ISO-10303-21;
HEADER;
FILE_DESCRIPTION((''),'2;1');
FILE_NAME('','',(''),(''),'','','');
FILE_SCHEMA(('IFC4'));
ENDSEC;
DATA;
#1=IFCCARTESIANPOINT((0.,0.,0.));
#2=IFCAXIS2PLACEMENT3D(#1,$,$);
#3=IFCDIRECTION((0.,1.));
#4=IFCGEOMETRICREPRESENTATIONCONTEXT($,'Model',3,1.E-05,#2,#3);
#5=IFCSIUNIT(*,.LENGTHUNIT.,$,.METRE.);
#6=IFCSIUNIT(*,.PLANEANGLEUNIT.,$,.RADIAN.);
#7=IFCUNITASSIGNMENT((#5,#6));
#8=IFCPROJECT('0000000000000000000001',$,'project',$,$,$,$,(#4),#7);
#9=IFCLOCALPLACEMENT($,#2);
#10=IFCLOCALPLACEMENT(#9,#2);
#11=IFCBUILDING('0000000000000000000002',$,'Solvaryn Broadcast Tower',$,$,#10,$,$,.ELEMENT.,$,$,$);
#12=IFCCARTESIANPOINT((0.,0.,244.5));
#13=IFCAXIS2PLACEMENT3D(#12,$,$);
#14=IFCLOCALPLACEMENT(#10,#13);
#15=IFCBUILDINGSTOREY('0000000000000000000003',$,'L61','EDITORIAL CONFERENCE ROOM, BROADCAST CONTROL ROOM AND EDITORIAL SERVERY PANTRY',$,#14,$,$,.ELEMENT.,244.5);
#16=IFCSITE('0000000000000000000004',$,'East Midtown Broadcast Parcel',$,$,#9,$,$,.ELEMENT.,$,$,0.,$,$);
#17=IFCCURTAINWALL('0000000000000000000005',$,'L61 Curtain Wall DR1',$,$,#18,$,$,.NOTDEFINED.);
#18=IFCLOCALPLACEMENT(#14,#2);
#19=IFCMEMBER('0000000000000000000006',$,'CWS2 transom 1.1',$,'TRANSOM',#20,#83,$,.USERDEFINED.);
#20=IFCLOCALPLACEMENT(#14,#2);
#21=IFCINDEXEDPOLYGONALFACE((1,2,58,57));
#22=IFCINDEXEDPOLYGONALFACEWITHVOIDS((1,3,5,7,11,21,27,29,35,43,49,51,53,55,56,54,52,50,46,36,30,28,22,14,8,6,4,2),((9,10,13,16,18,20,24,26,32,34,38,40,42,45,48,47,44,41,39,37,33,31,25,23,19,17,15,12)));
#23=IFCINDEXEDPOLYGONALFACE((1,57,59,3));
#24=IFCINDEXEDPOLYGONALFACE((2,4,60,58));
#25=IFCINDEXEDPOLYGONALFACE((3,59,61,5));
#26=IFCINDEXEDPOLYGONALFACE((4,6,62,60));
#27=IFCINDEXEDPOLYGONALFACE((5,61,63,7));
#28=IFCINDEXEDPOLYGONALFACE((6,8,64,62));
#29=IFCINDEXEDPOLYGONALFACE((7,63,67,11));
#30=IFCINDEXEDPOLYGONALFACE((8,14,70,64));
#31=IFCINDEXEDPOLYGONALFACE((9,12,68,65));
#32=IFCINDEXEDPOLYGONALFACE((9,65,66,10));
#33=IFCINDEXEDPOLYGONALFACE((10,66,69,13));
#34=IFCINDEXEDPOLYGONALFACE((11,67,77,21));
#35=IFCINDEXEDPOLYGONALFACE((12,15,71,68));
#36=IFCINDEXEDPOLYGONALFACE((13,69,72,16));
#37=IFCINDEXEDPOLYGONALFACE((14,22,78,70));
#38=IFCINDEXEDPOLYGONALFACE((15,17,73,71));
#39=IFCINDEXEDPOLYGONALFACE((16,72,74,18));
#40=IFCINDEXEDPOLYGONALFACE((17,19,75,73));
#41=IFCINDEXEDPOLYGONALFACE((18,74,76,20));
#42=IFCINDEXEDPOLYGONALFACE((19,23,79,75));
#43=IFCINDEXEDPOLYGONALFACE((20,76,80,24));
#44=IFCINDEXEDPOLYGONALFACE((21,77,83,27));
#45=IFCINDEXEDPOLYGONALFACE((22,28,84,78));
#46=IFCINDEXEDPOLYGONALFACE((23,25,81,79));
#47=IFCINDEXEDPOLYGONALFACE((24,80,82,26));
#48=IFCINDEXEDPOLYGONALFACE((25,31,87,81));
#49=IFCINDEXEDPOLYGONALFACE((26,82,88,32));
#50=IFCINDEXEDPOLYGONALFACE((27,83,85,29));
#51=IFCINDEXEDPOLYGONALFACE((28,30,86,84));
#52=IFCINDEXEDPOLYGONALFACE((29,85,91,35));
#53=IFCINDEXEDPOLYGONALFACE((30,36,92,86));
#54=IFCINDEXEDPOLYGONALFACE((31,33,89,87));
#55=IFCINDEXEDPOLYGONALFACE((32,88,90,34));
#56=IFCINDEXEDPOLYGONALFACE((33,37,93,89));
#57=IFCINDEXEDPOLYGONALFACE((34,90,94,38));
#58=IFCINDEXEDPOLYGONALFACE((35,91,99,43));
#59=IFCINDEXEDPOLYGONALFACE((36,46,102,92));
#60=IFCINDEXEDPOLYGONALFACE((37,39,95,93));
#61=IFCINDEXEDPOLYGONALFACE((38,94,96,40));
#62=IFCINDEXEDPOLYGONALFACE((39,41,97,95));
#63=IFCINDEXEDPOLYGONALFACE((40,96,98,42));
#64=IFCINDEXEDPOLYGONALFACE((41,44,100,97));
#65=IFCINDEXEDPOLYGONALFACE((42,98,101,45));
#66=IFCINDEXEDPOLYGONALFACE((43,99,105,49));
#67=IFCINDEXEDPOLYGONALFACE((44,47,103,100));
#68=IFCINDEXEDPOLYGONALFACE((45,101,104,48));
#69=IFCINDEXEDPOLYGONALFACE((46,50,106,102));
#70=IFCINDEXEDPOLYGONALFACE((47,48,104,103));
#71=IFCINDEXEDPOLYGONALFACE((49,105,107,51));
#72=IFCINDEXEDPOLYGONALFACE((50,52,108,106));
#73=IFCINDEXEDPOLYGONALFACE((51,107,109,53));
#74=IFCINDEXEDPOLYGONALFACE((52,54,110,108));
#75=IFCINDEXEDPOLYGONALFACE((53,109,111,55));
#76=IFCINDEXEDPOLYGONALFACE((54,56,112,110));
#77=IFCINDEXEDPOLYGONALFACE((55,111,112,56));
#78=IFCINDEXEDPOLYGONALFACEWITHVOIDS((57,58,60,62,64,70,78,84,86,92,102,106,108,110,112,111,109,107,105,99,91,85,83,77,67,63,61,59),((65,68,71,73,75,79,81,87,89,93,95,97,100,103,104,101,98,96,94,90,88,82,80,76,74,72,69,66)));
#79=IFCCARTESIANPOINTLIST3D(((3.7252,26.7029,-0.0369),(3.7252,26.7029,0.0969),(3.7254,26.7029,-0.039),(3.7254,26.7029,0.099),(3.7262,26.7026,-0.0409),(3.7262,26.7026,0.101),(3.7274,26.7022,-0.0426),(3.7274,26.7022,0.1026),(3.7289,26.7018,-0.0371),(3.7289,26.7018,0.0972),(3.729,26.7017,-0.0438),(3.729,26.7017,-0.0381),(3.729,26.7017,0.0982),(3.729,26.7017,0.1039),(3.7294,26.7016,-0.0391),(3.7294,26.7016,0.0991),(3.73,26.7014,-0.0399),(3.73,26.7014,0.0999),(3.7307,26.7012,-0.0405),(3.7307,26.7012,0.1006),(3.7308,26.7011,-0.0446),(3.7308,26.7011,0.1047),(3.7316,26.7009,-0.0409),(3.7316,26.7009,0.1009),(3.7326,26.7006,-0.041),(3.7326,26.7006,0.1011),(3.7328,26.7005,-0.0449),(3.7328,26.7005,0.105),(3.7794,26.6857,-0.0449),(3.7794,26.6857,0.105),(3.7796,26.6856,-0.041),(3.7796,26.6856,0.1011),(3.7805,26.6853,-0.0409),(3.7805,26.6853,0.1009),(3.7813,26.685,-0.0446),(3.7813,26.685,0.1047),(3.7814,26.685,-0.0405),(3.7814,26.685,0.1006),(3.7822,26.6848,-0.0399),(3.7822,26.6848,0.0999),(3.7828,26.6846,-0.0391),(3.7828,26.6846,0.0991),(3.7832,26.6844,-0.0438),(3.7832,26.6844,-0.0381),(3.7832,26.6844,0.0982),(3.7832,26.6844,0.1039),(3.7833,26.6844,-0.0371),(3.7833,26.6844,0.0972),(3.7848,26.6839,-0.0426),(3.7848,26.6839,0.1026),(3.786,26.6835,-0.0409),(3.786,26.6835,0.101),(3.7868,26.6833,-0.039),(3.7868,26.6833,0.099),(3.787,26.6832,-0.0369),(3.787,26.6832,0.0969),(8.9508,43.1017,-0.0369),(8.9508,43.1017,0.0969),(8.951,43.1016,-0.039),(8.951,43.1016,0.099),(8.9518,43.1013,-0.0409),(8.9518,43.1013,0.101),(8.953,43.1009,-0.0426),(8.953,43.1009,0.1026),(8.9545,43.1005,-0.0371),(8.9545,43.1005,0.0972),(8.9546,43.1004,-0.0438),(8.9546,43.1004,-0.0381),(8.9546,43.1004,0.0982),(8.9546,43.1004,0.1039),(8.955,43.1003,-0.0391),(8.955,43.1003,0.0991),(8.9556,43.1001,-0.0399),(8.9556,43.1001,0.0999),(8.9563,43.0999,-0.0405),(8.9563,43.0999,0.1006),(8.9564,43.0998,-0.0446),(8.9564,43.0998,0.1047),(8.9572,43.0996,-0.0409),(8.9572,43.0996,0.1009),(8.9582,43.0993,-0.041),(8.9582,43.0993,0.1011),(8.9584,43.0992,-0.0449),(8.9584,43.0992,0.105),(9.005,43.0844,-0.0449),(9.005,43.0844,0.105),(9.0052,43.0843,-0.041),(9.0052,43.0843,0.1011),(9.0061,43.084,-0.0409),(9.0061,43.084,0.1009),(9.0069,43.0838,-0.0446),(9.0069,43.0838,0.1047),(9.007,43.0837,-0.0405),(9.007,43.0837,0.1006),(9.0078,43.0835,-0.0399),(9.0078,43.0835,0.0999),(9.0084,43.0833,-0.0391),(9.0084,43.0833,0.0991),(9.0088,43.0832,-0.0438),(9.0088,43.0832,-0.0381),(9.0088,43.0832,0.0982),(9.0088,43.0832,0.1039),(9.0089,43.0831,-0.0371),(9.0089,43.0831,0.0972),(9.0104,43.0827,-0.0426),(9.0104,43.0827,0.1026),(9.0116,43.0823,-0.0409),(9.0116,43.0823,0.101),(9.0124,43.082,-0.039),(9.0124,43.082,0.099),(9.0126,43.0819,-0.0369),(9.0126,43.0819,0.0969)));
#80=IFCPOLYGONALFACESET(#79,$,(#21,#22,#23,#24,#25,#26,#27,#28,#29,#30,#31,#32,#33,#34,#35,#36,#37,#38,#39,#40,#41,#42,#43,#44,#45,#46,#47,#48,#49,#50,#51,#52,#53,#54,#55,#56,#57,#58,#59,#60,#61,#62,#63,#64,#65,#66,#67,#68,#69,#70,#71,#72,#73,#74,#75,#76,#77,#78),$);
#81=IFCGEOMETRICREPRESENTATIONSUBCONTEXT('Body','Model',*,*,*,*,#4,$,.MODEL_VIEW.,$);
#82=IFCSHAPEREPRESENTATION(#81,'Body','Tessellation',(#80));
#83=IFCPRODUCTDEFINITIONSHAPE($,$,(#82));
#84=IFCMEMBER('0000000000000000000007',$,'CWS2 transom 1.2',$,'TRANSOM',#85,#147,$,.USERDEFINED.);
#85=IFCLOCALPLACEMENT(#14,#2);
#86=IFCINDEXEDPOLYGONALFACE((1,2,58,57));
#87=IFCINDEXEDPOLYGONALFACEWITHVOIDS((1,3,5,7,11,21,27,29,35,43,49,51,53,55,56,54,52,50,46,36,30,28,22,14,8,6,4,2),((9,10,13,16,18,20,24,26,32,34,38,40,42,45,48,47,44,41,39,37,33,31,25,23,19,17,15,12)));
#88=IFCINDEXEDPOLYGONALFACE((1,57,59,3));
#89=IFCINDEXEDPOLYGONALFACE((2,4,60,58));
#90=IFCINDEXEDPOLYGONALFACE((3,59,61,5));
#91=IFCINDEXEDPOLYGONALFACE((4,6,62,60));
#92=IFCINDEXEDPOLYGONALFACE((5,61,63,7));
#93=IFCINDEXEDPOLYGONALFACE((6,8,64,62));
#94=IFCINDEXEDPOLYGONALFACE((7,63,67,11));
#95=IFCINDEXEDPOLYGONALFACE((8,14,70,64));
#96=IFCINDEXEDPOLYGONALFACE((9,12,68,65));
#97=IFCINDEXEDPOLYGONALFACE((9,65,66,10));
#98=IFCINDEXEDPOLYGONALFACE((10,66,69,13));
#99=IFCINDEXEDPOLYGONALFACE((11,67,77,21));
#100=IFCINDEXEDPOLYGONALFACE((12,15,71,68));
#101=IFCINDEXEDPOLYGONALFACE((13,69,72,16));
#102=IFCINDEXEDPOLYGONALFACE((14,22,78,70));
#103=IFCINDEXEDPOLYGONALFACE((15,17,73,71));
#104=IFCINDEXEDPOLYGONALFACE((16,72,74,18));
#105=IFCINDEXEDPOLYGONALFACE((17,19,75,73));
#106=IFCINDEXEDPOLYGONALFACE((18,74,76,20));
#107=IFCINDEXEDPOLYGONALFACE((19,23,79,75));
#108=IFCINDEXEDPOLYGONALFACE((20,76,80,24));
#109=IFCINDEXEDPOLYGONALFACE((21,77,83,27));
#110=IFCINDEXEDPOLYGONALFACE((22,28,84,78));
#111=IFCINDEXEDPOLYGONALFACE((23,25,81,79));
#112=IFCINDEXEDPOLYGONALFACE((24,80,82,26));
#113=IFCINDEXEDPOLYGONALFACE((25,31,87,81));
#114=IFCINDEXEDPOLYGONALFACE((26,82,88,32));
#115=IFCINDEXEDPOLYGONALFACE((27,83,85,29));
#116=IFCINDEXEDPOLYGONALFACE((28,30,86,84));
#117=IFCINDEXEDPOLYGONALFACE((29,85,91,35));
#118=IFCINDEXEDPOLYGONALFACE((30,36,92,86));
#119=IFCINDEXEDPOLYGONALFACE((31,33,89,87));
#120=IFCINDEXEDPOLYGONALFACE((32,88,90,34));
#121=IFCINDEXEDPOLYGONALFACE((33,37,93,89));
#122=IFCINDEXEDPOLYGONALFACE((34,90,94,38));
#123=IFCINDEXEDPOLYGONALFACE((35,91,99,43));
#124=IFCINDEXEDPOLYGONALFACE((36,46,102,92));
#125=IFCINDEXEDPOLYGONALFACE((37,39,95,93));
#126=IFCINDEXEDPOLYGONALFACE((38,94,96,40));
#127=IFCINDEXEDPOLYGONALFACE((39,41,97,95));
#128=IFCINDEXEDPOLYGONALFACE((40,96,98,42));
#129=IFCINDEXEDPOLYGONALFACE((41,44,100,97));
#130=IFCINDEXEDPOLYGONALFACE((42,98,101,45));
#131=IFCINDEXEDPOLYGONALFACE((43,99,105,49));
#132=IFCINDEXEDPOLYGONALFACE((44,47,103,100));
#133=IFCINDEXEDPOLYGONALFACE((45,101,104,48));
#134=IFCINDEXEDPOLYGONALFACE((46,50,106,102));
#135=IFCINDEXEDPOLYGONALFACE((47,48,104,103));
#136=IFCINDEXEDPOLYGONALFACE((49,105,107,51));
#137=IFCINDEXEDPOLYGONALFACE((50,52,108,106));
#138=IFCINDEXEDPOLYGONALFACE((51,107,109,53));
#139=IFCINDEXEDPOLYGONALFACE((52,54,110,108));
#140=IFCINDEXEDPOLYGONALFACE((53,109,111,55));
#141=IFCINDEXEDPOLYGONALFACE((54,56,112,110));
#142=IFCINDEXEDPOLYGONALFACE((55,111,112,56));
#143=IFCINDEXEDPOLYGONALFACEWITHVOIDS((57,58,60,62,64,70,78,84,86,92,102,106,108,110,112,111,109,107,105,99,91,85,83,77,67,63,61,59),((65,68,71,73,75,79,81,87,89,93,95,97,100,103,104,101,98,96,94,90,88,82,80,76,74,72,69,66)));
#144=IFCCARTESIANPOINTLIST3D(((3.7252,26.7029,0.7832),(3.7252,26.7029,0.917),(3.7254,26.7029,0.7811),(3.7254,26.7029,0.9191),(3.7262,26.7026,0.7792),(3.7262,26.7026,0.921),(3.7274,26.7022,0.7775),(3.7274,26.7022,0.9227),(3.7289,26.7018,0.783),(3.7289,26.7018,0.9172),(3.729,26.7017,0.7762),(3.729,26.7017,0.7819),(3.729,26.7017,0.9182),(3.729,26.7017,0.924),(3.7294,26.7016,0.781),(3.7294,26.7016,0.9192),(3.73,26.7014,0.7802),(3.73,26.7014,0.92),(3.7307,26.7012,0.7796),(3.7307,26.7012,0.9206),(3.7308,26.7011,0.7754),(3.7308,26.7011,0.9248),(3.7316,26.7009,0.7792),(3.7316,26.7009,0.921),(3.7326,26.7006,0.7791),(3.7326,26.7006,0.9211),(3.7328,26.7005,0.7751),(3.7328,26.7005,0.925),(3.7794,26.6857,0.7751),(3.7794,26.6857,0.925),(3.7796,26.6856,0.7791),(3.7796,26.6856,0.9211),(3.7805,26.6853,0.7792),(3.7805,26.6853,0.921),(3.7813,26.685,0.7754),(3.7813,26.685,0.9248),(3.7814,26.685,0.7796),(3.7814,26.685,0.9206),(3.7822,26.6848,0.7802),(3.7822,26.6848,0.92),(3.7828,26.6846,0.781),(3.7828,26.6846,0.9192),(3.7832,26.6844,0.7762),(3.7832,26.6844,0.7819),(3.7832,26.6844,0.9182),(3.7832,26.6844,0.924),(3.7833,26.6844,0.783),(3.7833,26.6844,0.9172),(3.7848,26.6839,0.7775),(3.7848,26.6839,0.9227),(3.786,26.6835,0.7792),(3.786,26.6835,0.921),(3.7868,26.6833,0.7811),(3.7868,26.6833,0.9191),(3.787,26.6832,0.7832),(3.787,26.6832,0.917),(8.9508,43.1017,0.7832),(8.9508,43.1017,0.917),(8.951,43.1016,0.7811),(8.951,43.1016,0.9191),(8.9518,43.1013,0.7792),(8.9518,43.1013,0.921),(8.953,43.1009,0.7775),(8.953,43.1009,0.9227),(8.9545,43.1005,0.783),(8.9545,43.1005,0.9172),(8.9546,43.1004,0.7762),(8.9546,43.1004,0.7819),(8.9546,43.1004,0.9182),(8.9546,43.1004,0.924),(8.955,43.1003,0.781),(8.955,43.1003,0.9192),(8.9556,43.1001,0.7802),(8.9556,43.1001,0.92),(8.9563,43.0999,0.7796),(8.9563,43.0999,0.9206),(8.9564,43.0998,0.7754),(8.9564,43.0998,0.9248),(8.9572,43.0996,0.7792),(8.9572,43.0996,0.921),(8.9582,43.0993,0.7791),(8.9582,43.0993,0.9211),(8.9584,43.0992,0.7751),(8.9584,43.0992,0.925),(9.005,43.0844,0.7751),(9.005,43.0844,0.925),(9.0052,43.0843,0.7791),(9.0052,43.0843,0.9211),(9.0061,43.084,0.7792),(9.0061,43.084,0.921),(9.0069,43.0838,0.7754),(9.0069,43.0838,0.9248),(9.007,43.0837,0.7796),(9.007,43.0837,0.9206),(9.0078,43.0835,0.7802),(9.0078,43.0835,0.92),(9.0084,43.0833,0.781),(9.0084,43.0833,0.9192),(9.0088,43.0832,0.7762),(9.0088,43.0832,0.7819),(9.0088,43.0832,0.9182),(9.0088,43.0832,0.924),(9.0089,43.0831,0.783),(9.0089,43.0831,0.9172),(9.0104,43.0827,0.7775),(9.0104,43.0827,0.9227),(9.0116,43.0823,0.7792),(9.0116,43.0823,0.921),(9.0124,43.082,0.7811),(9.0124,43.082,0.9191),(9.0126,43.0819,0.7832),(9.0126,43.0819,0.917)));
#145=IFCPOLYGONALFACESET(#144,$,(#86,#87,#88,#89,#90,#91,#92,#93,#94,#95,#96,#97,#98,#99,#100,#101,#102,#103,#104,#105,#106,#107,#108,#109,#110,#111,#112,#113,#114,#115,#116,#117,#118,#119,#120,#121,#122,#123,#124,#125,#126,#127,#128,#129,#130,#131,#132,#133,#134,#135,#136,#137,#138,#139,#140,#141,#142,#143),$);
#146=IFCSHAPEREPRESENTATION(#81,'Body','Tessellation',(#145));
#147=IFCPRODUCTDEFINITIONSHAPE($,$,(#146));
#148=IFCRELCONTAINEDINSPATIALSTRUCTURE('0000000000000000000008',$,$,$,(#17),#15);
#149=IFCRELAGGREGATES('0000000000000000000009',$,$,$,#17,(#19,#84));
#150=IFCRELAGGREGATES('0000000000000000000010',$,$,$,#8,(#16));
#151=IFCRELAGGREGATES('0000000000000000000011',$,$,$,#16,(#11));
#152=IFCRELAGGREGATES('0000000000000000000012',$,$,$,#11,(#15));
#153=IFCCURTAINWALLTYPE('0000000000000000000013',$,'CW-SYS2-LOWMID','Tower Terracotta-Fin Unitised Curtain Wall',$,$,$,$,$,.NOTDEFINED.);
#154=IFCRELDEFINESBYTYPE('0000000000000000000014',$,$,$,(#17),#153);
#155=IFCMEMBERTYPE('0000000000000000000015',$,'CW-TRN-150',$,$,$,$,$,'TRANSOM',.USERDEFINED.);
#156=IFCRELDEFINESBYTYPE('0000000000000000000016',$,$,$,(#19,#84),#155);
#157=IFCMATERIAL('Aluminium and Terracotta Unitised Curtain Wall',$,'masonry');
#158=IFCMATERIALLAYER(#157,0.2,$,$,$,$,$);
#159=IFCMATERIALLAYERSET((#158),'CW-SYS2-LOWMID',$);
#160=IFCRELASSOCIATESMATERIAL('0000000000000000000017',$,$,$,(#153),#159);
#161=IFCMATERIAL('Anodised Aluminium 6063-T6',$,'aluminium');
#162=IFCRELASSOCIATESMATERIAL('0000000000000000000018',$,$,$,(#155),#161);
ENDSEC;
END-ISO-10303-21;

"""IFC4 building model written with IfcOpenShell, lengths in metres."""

from ifc_helpers import new_model, si_unit, direction, frame, origin, origin_2d, place, context, subcontext, project, spatial, hollow_rectangle, extrude, material, layer, layer_set, material_profile, profile_set, type_object, element, aggregate, save


model = new_model("IFC4")

# Units and contexts
model_context = context("Model", 3, precision=1e-05, world=origin(), true_north=direction((0.0, 1.0)))
body_context = subcontext(model_context, "Body", "Model", "MODEL_VIEW")
ifc_project = project(units=[si_unit("LENGTHUNIT", "METRE"), si_unit("PLANEANGLEUNIT", "RADIAN")], contexts=[model_context])

# Site, building, storey
site_placement = place(None, origin())
site = spatial("IfcSite", under=ifc_project, at=site_placement, Name="East Midtown Broadcast Parcel", CompositionType="ELEMENT", RefElevation=0.0)
building_placement = place(site_placement, origin())
building = spatial("IfcBuilding", under=site, at=building_placement, Name="Solvaryn Broadcast Tower", CompositionType="ELEMENT")
storey_placement = place(building_placement, frame((0.0, 0.0, 244.5)))
storey = spatial("IfcBuildingStorey", under=building, at=storey_placement, Name="L61", Description="EDITORIAL CONFERENCE ROOM, BROADCAST CONTROL ROOM AND EDITORIAL SERVERY PANTRY", CompositionType="ELEMENT", Elevation=244.5)

# Curtain wall
ifc_material_1 = material(Name="Aluminium and Terracotta Unitised Curtain Wall", Category="masonry")
ifc_layer_1 = layer(ifc_material_1, 0.2)
ifc_layer_set_1 = layer_set([ifc_layer_1], Name="CW-SYS2-LOWMID")
curtain_wall_type = type_object("IfcCurtainWallType", Name="CW-SYS2-LOWMID", Description="Tower Terracotta-Fin Unitised Curtain Wall", PredefinedType="NOTDEFINED", material=ifc_layer_set_1)
curtain_wall_1_placement = place(storey_placement, origin())
curtain_wall_1 = element("IfcCurtainWall", 1, at=curtain_wall_1_placement, inside=storey, type_object=curtain_wall_type, Name="L61 Curtain Wall DR1", PredefinedType="NOTDEFINED")

# Members
ifc_material_2 = material(Name="Anodised Aluminium 6063-T6", Category="aluminium")
ifc_material_profile_1 = material_profile(ifc_material_2, hollow_rectangle(XDim=0.0649, YDim=0.1499, WallThickness=0.0039, InnerFilletRadius=0.0039, OuterFilletRadius=0.0081, at=origin_2d()))
ifc_profile_set_1 = profile_set([ifc_material_profile_1], Name="Anodised Aluminium 6063-T6")
member_type_1 = type_object("IfcMemberType", Name="CW-TRN-150", ElementType="TRANSOM", PredefinedType="USERDEFINED", material=ifc_profile_set_1)
member_1_placement = place(storey_placement, frame((8.9817, 43.0918, 0.03), z_axis=(-0.303616, -0.952794, 0.0), x_axis=(0.952794, -0.303616, 0.0)))
member_1 = element("IfcMember", 2, at=member_1_placement, type_object=member_type_1, Name="CWS2 transom 1.1", ObjectType="TRANSOM", PredefinedType="USERDEFINED", context=body_context, shape_type="SweptSolid", body=[
    extrude(hollow_rectangle(XDim=0.0649, YDim=0.1499, WallThickness=0.0039, InnerFilletRadius=0.0039, OuterFilletRadius=0.0081, at=origin_2d()), origin(), (0.0, 0.0, 1.0), 17.2112),
])
member_2_placement = place(storey_placement, frame((8.9817, 43.0918, 0.8501), z_axis=(-0.303616, -0.952794, 0.0), x_axis=(0.952794, -0.303616, 0.0)))
member_2 = element("IfcMember", 3, at=member_2_placement, type_object=member_type_1, Name="CWS2 transom 1.2", ObjectType="TRANSOM", PredefinedType="USERDEFINED", context=body_context, shape_type="SweptSolid", body=[
    extrude(hollow_rectangle(XDim=0.0649, YDim=0.1499, WallThickness=0.0039, InnerFilletRadius=0.0039, OuterFilletRadius=0.0081, at=origin_2d()), origin(), (0.0, 0.0, 1.0), 17.2112),
])
aggregate(curtain_wall_1, [member_1, member_2])

save(model, "model.ifc")
